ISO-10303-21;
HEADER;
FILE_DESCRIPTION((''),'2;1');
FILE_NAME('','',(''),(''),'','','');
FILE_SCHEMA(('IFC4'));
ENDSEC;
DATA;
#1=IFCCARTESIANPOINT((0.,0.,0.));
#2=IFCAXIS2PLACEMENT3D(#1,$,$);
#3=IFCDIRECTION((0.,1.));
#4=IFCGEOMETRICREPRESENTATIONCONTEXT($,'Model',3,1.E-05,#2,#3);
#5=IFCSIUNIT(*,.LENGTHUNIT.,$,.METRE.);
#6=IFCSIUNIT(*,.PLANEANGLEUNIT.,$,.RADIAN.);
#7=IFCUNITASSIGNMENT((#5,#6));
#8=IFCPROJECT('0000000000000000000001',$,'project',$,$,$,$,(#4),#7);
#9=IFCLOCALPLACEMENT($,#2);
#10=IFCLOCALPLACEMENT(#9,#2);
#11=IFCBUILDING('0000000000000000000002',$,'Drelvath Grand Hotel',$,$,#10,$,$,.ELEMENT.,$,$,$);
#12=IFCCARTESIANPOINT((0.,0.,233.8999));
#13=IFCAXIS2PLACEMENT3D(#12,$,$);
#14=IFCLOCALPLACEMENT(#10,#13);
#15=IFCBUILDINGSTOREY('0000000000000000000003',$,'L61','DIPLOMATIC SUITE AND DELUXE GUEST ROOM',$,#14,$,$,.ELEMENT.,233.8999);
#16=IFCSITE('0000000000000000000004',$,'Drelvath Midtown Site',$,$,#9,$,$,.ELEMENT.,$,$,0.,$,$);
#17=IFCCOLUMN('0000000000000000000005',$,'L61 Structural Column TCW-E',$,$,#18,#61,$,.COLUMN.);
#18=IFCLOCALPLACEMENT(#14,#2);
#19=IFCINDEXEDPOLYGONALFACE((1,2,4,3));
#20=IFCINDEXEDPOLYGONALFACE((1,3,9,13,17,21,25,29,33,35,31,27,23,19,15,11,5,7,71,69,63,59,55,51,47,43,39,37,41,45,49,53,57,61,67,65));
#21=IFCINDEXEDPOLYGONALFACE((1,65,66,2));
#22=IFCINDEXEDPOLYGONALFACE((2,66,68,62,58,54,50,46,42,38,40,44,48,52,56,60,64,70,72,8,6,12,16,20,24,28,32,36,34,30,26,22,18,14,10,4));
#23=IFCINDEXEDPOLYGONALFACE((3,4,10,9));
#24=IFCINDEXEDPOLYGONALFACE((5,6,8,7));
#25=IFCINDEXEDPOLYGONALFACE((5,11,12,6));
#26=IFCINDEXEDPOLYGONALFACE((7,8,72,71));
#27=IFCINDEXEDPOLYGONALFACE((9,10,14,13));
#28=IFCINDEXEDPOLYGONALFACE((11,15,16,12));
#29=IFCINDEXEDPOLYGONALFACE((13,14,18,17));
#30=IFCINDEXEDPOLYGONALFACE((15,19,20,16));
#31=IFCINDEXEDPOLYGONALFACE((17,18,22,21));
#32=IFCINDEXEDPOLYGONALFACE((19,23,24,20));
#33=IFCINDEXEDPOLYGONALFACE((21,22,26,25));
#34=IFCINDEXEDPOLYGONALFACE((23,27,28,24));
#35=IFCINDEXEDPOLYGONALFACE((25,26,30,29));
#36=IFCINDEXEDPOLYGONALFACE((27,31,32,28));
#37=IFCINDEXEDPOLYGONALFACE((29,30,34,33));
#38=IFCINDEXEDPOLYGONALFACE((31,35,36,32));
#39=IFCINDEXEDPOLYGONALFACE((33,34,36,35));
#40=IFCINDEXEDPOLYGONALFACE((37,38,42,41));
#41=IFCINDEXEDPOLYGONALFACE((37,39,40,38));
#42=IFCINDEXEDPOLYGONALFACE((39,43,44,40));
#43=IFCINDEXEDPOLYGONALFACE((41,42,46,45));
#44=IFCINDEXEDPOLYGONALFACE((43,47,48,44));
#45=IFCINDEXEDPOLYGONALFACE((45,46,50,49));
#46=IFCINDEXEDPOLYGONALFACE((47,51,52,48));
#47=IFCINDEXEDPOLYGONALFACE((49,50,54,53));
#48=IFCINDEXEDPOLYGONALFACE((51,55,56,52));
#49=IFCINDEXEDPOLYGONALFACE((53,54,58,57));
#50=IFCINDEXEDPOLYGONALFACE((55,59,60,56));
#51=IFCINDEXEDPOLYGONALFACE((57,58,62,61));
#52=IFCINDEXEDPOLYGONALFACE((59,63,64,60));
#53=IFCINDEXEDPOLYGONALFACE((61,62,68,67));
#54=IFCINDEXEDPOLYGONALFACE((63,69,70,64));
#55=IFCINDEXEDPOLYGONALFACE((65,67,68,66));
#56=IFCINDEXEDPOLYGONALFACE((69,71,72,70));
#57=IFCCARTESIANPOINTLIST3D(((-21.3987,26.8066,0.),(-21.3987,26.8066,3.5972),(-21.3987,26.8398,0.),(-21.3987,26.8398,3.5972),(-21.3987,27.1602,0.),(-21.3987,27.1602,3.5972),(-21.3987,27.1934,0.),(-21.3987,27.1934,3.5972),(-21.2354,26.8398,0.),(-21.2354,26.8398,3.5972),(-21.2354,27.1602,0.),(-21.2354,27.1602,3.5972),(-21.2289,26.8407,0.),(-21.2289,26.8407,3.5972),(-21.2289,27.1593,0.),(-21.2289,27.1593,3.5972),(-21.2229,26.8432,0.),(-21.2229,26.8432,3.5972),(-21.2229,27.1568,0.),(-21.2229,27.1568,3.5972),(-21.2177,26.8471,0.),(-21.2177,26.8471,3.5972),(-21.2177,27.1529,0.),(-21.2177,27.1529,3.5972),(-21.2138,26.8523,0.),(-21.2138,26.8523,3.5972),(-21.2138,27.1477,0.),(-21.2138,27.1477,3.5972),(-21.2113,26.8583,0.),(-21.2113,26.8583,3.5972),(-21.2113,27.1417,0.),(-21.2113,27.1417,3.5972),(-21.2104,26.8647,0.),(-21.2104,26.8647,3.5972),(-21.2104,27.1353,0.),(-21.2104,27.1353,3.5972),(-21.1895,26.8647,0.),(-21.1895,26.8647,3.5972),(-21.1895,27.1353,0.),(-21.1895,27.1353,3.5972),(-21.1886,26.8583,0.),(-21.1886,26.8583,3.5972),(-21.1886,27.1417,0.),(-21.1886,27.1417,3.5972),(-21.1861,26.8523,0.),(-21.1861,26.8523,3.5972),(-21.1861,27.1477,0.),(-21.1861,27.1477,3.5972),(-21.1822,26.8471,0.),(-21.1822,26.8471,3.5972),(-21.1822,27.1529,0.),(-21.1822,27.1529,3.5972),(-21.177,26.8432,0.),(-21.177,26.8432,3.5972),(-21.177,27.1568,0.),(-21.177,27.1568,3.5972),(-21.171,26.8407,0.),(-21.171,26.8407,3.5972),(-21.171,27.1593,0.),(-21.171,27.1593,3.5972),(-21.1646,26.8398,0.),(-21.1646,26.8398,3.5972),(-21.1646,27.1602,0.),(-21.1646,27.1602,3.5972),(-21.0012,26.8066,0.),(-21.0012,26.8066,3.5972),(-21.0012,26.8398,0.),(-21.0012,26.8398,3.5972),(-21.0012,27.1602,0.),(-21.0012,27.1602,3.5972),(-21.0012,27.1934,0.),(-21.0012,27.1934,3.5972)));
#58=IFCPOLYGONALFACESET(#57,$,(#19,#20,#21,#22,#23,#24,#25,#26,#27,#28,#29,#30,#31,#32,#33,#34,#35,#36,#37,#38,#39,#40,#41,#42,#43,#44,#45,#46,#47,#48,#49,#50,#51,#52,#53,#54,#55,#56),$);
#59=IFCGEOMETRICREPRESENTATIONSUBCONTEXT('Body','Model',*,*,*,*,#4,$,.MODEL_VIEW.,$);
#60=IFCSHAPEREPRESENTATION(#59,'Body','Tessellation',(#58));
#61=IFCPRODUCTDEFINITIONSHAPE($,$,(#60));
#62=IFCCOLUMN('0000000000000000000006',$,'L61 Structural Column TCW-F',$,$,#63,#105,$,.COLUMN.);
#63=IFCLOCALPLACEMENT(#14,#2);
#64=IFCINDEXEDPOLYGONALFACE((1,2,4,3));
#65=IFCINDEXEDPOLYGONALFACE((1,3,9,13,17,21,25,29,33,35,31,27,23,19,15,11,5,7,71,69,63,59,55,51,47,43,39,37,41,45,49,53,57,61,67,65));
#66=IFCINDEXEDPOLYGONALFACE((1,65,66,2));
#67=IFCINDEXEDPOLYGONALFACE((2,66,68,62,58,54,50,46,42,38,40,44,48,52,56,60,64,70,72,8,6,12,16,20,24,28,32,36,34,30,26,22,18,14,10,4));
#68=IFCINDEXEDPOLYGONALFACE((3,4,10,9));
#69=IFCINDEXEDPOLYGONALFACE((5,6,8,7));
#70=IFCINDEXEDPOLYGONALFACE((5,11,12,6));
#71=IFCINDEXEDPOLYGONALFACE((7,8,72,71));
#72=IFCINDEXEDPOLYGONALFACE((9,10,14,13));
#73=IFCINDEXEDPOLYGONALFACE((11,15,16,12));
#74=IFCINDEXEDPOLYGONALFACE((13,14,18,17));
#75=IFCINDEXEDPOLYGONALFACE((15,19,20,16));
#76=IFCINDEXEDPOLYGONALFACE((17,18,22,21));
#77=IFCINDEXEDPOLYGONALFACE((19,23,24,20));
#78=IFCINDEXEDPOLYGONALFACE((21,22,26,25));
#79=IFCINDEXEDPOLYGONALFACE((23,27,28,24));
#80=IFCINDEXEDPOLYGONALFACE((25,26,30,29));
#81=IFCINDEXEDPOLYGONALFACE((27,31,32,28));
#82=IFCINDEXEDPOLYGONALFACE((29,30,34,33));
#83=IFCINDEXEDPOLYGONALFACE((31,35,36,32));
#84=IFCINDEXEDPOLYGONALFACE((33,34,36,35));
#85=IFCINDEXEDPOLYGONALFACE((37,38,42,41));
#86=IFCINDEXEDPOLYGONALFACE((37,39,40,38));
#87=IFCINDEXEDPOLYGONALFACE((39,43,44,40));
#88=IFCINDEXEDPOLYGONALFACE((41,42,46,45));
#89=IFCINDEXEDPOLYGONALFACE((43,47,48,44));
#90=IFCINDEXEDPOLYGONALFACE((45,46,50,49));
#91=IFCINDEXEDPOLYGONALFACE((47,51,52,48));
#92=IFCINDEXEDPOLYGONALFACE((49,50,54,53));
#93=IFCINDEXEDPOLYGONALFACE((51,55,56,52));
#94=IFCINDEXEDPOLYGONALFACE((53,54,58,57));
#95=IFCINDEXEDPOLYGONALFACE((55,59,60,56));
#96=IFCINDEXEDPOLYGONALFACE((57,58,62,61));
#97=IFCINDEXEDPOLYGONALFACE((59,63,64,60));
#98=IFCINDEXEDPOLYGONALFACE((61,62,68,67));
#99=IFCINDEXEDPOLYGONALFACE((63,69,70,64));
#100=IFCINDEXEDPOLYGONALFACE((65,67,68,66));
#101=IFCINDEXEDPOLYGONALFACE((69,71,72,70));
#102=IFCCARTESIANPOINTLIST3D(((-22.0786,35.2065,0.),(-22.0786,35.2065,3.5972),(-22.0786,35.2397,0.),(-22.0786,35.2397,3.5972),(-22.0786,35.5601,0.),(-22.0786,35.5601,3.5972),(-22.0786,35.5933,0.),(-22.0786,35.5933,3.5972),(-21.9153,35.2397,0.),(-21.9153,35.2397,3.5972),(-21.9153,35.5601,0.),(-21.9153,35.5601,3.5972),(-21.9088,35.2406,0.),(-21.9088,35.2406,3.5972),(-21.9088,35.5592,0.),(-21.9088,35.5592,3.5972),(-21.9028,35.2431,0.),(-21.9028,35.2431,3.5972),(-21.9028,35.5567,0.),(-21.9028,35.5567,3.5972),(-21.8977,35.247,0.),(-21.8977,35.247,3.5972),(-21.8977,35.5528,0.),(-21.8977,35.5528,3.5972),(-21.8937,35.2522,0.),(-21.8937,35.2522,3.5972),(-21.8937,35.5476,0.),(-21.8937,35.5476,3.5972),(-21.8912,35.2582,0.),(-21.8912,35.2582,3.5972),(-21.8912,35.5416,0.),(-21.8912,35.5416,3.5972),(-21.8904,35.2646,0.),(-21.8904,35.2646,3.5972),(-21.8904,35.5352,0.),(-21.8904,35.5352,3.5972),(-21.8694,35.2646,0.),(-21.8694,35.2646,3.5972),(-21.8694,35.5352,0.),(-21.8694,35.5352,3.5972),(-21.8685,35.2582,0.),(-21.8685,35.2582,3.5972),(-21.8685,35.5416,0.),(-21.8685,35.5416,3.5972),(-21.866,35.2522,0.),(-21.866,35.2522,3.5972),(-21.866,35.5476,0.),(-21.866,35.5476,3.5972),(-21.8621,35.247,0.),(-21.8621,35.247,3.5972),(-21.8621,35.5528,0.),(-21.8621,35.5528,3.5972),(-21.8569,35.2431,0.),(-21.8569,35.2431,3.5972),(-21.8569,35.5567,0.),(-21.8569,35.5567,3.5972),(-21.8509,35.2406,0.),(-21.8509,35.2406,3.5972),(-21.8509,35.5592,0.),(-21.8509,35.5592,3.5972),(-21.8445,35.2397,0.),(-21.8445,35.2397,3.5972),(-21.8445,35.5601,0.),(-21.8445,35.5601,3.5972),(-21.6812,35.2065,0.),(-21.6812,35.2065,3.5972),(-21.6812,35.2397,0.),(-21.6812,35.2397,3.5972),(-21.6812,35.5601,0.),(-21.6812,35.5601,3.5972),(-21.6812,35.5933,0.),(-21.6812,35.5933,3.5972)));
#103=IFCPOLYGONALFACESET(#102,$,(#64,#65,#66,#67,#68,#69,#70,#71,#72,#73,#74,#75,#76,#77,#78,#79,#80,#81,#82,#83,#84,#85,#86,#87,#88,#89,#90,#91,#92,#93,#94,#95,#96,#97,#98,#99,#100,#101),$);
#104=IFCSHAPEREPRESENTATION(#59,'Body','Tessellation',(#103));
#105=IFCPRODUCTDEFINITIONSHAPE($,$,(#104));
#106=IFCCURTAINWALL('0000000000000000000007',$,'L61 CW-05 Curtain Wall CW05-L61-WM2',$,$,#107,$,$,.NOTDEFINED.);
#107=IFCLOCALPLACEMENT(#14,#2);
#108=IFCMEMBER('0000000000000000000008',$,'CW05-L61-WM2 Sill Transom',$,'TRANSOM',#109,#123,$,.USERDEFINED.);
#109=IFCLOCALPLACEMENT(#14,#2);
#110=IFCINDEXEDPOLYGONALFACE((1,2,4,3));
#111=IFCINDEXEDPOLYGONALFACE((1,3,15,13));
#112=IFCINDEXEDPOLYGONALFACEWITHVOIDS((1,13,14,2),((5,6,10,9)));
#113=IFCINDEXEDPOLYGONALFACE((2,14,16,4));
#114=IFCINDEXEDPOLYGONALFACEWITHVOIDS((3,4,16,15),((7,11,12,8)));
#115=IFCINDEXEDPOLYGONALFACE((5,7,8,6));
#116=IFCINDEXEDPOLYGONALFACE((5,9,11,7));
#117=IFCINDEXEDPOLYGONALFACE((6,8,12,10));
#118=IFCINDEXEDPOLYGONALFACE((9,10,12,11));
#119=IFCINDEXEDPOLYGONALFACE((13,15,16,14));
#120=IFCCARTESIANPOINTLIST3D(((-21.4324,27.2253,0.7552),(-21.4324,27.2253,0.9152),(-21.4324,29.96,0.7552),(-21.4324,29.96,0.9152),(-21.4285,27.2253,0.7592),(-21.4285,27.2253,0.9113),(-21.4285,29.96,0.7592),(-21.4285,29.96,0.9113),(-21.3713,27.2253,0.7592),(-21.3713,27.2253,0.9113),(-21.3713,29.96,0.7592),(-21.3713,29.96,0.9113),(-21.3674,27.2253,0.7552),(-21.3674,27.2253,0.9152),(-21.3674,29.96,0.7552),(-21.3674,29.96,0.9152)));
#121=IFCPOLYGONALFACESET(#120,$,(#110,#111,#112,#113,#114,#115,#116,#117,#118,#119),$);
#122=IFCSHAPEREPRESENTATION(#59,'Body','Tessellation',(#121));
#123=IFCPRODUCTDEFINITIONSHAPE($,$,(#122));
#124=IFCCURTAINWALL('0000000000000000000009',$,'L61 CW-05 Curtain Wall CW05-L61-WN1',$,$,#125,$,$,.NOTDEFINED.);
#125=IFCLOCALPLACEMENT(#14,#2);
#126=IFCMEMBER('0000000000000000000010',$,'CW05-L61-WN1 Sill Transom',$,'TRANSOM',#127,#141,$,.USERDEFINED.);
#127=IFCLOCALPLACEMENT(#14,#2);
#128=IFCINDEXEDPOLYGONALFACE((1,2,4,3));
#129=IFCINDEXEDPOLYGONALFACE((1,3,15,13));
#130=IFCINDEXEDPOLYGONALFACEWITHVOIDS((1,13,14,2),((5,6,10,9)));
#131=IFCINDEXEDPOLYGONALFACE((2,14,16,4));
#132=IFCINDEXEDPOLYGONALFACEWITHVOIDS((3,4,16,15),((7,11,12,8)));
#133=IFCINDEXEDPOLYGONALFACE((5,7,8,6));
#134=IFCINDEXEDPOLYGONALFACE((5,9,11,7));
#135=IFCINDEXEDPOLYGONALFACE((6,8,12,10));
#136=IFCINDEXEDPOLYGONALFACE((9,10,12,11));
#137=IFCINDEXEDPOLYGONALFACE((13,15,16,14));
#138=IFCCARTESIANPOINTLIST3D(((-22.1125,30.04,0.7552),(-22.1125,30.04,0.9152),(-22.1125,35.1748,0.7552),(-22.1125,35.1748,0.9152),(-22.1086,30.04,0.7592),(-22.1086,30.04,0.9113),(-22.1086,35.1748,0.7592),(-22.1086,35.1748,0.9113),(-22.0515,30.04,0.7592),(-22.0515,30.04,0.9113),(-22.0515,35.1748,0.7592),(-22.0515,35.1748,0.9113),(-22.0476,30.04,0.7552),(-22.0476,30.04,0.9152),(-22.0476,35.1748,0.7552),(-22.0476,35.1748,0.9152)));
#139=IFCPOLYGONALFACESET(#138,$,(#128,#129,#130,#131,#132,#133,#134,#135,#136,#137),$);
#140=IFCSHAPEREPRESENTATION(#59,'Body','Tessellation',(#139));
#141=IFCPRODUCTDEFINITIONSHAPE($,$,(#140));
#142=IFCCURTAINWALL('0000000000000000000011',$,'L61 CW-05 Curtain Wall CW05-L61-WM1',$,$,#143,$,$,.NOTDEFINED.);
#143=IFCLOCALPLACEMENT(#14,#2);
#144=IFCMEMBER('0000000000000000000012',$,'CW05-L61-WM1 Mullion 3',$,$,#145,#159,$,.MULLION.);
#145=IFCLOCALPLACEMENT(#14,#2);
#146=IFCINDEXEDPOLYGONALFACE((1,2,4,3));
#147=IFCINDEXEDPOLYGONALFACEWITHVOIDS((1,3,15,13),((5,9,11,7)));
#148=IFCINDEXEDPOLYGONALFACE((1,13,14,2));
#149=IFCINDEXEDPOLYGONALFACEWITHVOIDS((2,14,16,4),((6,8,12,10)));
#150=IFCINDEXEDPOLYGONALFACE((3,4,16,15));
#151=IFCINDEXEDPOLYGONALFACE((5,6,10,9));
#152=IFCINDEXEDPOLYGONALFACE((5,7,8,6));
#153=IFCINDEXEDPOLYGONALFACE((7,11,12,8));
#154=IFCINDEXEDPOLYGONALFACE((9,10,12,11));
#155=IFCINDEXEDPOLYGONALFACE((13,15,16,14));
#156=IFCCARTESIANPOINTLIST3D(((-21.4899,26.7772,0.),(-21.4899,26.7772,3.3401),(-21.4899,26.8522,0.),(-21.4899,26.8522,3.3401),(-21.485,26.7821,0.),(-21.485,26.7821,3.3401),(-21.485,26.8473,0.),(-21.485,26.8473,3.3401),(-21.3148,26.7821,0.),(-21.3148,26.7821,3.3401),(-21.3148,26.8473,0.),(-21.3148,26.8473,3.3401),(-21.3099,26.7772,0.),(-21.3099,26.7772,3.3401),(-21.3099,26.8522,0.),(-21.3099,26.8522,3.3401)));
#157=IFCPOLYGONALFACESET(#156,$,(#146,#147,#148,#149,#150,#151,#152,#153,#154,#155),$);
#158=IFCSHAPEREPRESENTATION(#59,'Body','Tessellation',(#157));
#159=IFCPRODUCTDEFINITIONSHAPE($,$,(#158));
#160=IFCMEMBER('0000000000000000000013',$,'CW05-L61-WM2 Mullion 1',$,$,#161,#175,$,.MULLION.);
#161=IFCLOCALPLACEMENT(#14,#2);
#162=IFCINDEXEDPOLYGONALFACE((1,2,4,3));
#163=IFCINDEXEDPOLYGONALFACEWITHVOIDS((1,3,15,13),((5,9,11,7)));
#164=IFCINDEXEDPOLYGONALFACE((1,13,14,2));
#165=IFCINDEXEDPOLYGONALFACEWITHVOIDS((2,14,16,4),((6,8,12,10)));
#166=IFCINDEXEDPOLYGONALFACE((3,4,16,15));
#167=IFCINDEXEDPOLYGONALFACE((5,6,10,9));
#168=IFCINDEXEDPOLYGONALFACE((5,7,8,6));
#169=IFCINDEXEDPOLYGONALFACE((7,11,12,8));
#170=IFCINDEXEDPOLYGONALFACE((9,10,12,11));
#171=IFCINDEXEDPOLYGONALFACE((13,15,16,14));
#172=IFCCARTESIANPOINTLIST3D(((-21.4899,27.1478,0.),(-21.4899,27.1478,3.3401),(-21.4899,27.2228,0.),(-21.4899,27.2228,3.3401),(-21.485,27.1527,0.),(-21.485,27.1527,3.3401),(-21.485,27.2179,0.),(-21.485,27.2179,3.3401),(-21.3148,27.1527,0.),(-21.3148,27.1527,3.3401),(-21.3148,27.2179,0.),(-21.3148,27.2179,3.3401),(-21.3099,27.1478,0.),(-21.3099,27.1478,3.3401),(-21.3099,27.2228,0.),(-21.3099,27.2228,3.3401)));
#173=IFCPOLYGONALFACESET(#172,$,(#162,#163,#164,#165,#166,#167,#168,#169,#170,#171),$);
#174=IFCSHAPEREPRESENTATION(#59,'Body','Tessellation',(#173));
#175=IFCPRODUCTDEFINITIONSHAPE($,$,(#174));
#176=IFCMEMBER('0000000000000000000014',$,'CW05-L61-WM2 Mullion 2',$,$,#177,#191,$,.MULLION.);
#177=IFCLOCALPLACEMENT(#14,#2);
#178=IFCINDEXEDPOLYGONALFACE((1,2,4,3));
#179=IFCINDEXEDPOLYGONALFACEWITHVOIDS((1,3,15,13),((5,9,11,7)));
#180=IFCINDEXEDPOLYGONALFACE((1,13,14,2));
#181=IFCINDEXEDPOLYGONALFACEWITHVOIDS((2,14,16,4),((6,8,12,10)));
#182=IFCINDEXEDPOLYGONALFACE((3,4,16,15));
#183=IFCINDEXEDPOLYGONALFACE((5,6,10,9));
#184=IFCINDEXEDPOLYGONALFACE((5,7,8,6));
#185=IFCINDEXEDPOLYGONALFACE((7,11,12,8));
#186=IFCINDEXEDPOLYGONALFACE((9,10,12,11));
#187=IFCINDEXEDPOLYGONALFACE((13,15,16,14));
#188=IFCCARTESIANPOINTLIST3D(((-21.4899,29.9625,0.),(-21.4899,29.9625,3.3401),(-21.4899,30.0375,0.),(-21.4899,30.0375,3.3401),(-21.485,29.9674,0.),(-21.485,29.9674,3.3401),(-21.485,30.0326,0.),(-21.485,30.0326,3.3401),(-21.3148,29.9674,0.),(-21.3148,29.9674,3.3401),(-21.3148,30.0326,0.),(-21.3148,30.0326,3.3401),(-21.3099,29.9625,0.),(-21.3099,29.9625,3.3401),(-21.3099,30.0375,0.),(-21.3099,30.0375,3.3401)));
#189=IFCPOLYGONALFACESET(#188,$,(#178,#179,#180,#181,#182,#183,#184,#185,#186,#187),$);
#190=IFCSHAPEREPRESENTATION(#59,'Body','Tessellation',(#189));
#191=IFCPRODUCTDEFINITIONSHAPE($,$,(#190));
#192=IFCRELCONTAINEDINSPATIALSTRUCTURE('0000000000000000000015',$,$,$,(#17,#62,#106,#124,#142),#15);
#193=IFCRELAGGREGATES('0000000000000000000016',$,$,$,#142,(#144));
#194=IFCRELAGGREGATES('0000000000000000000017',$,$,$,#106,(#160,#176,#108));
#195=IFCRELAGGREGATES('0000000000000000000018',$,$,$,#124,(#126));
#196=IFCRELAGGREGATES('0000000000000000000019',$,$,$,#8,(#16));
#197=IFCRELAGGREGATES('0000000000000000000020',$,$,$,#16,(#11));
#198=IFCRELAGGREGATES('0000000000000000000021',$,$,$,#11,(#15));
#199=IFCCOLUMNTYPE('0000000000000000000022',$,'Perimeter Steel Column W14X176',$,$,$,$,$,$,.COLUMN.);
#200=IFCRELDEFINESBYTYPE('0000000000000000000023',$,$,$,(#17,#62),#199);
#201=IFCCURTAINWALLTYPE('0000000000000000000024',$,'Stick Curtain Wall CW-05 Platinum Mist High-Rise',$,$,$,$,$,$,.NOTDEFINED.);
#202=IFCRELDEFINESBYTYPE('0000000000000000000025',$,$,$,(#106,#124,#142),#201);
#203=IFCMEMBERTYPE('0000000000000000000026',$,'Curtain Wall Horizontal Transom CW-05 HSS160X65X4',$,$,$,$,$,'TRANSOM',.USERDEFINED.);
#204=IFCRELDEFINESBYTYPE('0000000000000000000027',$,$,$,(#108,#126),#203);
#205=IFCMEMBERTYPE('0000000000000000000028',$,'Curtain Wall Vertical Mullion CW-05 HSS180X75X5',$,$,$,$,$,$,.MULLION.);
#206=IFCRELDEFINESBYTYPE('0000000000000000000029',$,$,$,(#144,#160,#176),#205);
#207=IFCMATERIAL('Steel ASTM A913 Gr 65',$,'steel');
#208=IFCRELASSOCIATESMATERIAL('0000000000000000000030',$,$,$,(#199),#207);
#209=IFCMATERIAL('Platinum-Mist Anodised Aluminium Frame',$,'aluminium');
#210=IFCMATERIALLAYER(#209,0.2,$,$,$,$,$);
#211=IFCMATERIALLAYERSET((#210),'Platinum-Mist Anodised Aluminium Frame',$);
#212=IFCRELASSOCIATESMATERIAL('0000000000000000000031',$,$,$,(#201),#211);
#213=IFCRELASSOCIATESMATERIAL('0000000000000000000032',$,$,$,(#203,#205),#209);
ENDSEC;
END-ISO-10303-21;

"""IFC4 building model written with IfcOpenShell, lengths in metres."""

from ifc_helpers import new_model, si_unit, direction, frame, origin, origin_2d, place, context, subcontext, project, spatial, hollow_rectangle, i_section, extrude, material, layer, layer_set, material_profile, profile_set, type_object, element, aggregate, save


model = new_model("IFC4")

# Units and contexts
model_context = context("Model", 3, precision=1e-05, world=origin(), true_north=direction((0.0, 1.0)))
body_context = subcontext(model_context, "Body", "Model", "MODEL_VIEW")
ifc_project = project(units=[si_unit("LENGTHUNIT", "METRE"), si_unit("PLANEANGLEUNIT", "RADIAN")], contexts=[model_context])

# Site, building, storey
site_placement = place(None, origin())
site = spatial("IfcSite", under=ifc_project, at=site_placement, Name="Drelvath Midtown Site", CompositionType="ELEMENT", RefElevation=0.0)
building_placement = place(site_placement, origin())
building = spatial("IfcBuilding", under=site, at=building_placement, Name="Drelvath Grand Hotel", CompositionType="ELEMENT")
storey_placement = place(building_placement, frame((0.0, 0.0, 233.8999)))
storey = spatial("IfcBuildingStorey", under=building, at=storey_placement, Name="L61", Description="DIPLOMATIC SUITE AND DELUXE GUEST ROOM", CompositionType="ELEMENT", Elevation=233.8999)

# Columns
ifc_material_1 = material(Name="Steel ASTM A913 Gr 65", Category="steel")
ifc_material_profile_1 = material_profile(ifc_material_1, i_section(OverallWidth=0.3975, OverallDepth=0.3867, WebThickness=0.021, FlangeThickness=0.0332, FilletRadius=0.0249, at=origin_2d()), Name="W14X176")
ifc_profile_set_1 = profile_set([ifc_material_profile_1], Name="Steel ASTM A913 Gr 65")
column_type = type_object("IfcColumnType", Name="Perimeter Steel Column W14X176", PredefinedType="COLUMN", material=ifc_profile_set_1)
for number, where, z_axis, x_axis, name in (
    (1, (-21.2, 27.0, 0.0), (0.0, 0.0, 1.0), (1.0, 0.0, 0.0), "L61 Structural Column TCW-E"),
    (2, (-21.8799, 35.3999, 0.0), (0.0, 0.0, 1.0), (1.0, 0.0, 0.0), "L61 Structural Column TCW-F"),
):
    element("IfcColumn", number, at=place(storey_placement, frame(where, z_axis=z_axis, x_axis=x_axis)), inside=storey, type_object=column_type, Name=name, PredefinedType="COLUMN", context=body_context, shape_type="SweptSolid", body=[
        extrude(i_section(OverallWidth=0.3975, OverallDepth=0.3867, WebThickness=0.021, FlangeThickness=0.0332, FilletRadius=0.0249, at=origin_2d()), origin(), (0.0, 0.0, 1.0), 3.5972),
    ])

# Curtain walls, members
ifc_material_2 = material(Name="Platinum-Mist Anodised Aluminium Frame", Category="aluminium")
ifc_layer_1 = layer(ifc_material_2, 0.2)
ifc_layer_set_1 = layer_set([ifc_layer_1], Name="Platinum-Mist Anodised Aluminium Frame")
curtain_wall_type = type_object("IfcCurtainWallType", Name="Stick Curtain Wall CW-05 Platinum Mist High-Rise", PredefinedType="NOTDEFINED", material=ifc_layer_set_1)
curtain_wall_1_placement = place(storey_placement, origin())
curtain_wall_1 = element("IfcCurtainWall", 3, at=curtain_wall_1_placement, inside=storey, type_object=curtain_wall_type, Name="L61 CW-05 Curtain Wall CW05-L61-WM2", PredefinedType="NOTDEFINED")
ifc_material_profile_2 = material_profile(ifc_material_2, hollow_rectangle(XDim=0.0649, YDim=0.1599, WallThickness=0.0039, at=origin_2d()), Name="HSS160X65X4")
ifc_profile_set_2 = profile_set([ifc_material_profile_2], Name="Platinum-Mist Anodised Aluminium Frame")
member_type_1 = type_object("IfcMemberType", Name="Curtain Wall Horizontal Transom CW-05 HSS160X65X4", ElementType="TRANSOM", PredefinedType="USERDEFINED", material=ifc_profile_set_2)
member_1_placement = place(storey_placement, frame((-21.3999, 27.2253, 0.8352), z_axis=(0.0, 1.0, 0.0), x_axis=(-1.0, 0.0, 0.0)))
member_1 = element("IfcMember", 4, at=member_1_placement, type_object=member_type_1, Name="CW05-L61-WM2 Sill Transom", ObjectType="TRANSOM", PredefinedType="USERDEFINED", context=body_context, shape_type="SweptSolid", body=[
    extrude(hollow_rectangle(XDim=0.0649, YDim=0.1599, WallThickness=0.0039, at=origin_2d()), origin(), (0.0, 0.0, 1.0), 2.7346),
])
curtain_wall_2_placement = place(storey_placement, origin())
curtain_wall_2 = element("IfcCurtainWall", 5, at=curtain_wall_2_placement, inside=storey, type_object=curtain_wall_type, Name="L61 CW-05 Curtain Wall CW05-L61-WN1", PredefinedType="NOTDEFINED")
member_2_placement = place(storey_placement, frame((-22.0801, 30.04, 0.8352), z_axis=(0.0, 1.0, 0.0), x_axis=(-1.0, 0.0, 0.0)))
member_2 = element("IfcMember", 6, at=member_2_placement, type_object=member_type_1, Name="CW05-L61-WN1 Sill Transom", ObjectType="TRANSOM", PredefinedType="USERDEFINED", context=body_context, shape_type="SweptSolid", body=[
    extrude(hollow_rectangle(XDim=0.0649, YDim=0.1599, WallThickness=0.0039, at=origin_2d()), origin(), (0.0, 0.0, 1.0), 5.1348),
])
curtain_wall_3_placement = place(storey_placement, origin())
curtain_wall_3 = element("IfcCurtainWall", 7, at=curtain_wall_3_placement, inside=storey, type_object=curtain_wall_type, Name="L61 CW-05 Curtain Wall CW05-L61-WM1", PredefinedType="NOTDEFINED")
ifc_material_profile_3 = material_profile(ifc_material_2, hollow_rectangle(XDim=0.075, YDim=0.1799, WallThickness=0.0049, at=origin_2d()), Name="HSS180X75X5")
ifc_profile_set_3 = profile_set([ifc_material_profile_3], Name="Platinum-Mist Anodised Aluminium Frame")
member_type_2 = type_object("IfcMemberType", Name="Curtain Wall Vertical Mullion CW-05 HSS180X75X5", PredefinedType="MULLION", material=ifc_profile_set_3)
member_3_placement = place(storey_placement, frame((-21.3999, 26.8147, 0.0), z_axis=(0.0, 0.0, 1.0), x_axis=(0.0, 1.0, 0.0)))
member_3 = element("IfcMember", 8, at=member_3_placement, type_object=member_type_2, Name="CW05-L61-WM1 Mullion 3", PredefinedType="MULLION", context=body_context, shape_type="SweptSolid", body=[
    extrude(hollow_rectangle(XDim=0.075, YDim=0.1799, WallThickness=0.0049, at=origin_2d()), origin(), (0.0, 0.0, 1.0), 3.3401),
])
aggregate(curtain_wall_3, [member_3])

# Members
member_4_placement = place(storey_placement, frame((-21.3999, 27.1853, 0.0), z_axis=(0.0, 0.0, 1.0), x_axis=(0.0, 1.0, 0.0)))
member_4 = element("IfcMember", 9, at=member_4_placement, type_object=member_type_2, Name="CW05-L61-WM2 Mullion 1", PredefinedType="MULLION", context=body_context, shape_type="SweptSolid", body=[
    extrude(hollow_rectangle(XDim=0.075, YDim=0.1799, WallThickness=0.0049, at=origin_2d()), origin(), (0.0, 0.0, 1.0), 3.3401),
])
member_5_placement = place(storey_placement, frame((-21.3999, 30.0, 0.0), z_axis=(0.0, 0.0, 1.0), x_axis=(0.0, 1.0, 0.0)))
member_5 = element("IfcMember", 10, at=member_5_placement, type_object=member_type_2, Name="CW05-L61-WM2 Mullion 2", PredefinedType="MULLION", context=body_context, shape_type="SweptSolid", body=[
    extrude(hollow_rectangle(XDim=0.075, YDim=0.1799, WallThickness=0.0049, at=origin_2d()), origin(), (0.0, 0.0, 1.0), 3.3401),
])

aggregate(curtain_wall_1, [member_4, member_5, member_1])
aggregate(curtain_wall_2, [member_2])

save(model, "model.ifc")
